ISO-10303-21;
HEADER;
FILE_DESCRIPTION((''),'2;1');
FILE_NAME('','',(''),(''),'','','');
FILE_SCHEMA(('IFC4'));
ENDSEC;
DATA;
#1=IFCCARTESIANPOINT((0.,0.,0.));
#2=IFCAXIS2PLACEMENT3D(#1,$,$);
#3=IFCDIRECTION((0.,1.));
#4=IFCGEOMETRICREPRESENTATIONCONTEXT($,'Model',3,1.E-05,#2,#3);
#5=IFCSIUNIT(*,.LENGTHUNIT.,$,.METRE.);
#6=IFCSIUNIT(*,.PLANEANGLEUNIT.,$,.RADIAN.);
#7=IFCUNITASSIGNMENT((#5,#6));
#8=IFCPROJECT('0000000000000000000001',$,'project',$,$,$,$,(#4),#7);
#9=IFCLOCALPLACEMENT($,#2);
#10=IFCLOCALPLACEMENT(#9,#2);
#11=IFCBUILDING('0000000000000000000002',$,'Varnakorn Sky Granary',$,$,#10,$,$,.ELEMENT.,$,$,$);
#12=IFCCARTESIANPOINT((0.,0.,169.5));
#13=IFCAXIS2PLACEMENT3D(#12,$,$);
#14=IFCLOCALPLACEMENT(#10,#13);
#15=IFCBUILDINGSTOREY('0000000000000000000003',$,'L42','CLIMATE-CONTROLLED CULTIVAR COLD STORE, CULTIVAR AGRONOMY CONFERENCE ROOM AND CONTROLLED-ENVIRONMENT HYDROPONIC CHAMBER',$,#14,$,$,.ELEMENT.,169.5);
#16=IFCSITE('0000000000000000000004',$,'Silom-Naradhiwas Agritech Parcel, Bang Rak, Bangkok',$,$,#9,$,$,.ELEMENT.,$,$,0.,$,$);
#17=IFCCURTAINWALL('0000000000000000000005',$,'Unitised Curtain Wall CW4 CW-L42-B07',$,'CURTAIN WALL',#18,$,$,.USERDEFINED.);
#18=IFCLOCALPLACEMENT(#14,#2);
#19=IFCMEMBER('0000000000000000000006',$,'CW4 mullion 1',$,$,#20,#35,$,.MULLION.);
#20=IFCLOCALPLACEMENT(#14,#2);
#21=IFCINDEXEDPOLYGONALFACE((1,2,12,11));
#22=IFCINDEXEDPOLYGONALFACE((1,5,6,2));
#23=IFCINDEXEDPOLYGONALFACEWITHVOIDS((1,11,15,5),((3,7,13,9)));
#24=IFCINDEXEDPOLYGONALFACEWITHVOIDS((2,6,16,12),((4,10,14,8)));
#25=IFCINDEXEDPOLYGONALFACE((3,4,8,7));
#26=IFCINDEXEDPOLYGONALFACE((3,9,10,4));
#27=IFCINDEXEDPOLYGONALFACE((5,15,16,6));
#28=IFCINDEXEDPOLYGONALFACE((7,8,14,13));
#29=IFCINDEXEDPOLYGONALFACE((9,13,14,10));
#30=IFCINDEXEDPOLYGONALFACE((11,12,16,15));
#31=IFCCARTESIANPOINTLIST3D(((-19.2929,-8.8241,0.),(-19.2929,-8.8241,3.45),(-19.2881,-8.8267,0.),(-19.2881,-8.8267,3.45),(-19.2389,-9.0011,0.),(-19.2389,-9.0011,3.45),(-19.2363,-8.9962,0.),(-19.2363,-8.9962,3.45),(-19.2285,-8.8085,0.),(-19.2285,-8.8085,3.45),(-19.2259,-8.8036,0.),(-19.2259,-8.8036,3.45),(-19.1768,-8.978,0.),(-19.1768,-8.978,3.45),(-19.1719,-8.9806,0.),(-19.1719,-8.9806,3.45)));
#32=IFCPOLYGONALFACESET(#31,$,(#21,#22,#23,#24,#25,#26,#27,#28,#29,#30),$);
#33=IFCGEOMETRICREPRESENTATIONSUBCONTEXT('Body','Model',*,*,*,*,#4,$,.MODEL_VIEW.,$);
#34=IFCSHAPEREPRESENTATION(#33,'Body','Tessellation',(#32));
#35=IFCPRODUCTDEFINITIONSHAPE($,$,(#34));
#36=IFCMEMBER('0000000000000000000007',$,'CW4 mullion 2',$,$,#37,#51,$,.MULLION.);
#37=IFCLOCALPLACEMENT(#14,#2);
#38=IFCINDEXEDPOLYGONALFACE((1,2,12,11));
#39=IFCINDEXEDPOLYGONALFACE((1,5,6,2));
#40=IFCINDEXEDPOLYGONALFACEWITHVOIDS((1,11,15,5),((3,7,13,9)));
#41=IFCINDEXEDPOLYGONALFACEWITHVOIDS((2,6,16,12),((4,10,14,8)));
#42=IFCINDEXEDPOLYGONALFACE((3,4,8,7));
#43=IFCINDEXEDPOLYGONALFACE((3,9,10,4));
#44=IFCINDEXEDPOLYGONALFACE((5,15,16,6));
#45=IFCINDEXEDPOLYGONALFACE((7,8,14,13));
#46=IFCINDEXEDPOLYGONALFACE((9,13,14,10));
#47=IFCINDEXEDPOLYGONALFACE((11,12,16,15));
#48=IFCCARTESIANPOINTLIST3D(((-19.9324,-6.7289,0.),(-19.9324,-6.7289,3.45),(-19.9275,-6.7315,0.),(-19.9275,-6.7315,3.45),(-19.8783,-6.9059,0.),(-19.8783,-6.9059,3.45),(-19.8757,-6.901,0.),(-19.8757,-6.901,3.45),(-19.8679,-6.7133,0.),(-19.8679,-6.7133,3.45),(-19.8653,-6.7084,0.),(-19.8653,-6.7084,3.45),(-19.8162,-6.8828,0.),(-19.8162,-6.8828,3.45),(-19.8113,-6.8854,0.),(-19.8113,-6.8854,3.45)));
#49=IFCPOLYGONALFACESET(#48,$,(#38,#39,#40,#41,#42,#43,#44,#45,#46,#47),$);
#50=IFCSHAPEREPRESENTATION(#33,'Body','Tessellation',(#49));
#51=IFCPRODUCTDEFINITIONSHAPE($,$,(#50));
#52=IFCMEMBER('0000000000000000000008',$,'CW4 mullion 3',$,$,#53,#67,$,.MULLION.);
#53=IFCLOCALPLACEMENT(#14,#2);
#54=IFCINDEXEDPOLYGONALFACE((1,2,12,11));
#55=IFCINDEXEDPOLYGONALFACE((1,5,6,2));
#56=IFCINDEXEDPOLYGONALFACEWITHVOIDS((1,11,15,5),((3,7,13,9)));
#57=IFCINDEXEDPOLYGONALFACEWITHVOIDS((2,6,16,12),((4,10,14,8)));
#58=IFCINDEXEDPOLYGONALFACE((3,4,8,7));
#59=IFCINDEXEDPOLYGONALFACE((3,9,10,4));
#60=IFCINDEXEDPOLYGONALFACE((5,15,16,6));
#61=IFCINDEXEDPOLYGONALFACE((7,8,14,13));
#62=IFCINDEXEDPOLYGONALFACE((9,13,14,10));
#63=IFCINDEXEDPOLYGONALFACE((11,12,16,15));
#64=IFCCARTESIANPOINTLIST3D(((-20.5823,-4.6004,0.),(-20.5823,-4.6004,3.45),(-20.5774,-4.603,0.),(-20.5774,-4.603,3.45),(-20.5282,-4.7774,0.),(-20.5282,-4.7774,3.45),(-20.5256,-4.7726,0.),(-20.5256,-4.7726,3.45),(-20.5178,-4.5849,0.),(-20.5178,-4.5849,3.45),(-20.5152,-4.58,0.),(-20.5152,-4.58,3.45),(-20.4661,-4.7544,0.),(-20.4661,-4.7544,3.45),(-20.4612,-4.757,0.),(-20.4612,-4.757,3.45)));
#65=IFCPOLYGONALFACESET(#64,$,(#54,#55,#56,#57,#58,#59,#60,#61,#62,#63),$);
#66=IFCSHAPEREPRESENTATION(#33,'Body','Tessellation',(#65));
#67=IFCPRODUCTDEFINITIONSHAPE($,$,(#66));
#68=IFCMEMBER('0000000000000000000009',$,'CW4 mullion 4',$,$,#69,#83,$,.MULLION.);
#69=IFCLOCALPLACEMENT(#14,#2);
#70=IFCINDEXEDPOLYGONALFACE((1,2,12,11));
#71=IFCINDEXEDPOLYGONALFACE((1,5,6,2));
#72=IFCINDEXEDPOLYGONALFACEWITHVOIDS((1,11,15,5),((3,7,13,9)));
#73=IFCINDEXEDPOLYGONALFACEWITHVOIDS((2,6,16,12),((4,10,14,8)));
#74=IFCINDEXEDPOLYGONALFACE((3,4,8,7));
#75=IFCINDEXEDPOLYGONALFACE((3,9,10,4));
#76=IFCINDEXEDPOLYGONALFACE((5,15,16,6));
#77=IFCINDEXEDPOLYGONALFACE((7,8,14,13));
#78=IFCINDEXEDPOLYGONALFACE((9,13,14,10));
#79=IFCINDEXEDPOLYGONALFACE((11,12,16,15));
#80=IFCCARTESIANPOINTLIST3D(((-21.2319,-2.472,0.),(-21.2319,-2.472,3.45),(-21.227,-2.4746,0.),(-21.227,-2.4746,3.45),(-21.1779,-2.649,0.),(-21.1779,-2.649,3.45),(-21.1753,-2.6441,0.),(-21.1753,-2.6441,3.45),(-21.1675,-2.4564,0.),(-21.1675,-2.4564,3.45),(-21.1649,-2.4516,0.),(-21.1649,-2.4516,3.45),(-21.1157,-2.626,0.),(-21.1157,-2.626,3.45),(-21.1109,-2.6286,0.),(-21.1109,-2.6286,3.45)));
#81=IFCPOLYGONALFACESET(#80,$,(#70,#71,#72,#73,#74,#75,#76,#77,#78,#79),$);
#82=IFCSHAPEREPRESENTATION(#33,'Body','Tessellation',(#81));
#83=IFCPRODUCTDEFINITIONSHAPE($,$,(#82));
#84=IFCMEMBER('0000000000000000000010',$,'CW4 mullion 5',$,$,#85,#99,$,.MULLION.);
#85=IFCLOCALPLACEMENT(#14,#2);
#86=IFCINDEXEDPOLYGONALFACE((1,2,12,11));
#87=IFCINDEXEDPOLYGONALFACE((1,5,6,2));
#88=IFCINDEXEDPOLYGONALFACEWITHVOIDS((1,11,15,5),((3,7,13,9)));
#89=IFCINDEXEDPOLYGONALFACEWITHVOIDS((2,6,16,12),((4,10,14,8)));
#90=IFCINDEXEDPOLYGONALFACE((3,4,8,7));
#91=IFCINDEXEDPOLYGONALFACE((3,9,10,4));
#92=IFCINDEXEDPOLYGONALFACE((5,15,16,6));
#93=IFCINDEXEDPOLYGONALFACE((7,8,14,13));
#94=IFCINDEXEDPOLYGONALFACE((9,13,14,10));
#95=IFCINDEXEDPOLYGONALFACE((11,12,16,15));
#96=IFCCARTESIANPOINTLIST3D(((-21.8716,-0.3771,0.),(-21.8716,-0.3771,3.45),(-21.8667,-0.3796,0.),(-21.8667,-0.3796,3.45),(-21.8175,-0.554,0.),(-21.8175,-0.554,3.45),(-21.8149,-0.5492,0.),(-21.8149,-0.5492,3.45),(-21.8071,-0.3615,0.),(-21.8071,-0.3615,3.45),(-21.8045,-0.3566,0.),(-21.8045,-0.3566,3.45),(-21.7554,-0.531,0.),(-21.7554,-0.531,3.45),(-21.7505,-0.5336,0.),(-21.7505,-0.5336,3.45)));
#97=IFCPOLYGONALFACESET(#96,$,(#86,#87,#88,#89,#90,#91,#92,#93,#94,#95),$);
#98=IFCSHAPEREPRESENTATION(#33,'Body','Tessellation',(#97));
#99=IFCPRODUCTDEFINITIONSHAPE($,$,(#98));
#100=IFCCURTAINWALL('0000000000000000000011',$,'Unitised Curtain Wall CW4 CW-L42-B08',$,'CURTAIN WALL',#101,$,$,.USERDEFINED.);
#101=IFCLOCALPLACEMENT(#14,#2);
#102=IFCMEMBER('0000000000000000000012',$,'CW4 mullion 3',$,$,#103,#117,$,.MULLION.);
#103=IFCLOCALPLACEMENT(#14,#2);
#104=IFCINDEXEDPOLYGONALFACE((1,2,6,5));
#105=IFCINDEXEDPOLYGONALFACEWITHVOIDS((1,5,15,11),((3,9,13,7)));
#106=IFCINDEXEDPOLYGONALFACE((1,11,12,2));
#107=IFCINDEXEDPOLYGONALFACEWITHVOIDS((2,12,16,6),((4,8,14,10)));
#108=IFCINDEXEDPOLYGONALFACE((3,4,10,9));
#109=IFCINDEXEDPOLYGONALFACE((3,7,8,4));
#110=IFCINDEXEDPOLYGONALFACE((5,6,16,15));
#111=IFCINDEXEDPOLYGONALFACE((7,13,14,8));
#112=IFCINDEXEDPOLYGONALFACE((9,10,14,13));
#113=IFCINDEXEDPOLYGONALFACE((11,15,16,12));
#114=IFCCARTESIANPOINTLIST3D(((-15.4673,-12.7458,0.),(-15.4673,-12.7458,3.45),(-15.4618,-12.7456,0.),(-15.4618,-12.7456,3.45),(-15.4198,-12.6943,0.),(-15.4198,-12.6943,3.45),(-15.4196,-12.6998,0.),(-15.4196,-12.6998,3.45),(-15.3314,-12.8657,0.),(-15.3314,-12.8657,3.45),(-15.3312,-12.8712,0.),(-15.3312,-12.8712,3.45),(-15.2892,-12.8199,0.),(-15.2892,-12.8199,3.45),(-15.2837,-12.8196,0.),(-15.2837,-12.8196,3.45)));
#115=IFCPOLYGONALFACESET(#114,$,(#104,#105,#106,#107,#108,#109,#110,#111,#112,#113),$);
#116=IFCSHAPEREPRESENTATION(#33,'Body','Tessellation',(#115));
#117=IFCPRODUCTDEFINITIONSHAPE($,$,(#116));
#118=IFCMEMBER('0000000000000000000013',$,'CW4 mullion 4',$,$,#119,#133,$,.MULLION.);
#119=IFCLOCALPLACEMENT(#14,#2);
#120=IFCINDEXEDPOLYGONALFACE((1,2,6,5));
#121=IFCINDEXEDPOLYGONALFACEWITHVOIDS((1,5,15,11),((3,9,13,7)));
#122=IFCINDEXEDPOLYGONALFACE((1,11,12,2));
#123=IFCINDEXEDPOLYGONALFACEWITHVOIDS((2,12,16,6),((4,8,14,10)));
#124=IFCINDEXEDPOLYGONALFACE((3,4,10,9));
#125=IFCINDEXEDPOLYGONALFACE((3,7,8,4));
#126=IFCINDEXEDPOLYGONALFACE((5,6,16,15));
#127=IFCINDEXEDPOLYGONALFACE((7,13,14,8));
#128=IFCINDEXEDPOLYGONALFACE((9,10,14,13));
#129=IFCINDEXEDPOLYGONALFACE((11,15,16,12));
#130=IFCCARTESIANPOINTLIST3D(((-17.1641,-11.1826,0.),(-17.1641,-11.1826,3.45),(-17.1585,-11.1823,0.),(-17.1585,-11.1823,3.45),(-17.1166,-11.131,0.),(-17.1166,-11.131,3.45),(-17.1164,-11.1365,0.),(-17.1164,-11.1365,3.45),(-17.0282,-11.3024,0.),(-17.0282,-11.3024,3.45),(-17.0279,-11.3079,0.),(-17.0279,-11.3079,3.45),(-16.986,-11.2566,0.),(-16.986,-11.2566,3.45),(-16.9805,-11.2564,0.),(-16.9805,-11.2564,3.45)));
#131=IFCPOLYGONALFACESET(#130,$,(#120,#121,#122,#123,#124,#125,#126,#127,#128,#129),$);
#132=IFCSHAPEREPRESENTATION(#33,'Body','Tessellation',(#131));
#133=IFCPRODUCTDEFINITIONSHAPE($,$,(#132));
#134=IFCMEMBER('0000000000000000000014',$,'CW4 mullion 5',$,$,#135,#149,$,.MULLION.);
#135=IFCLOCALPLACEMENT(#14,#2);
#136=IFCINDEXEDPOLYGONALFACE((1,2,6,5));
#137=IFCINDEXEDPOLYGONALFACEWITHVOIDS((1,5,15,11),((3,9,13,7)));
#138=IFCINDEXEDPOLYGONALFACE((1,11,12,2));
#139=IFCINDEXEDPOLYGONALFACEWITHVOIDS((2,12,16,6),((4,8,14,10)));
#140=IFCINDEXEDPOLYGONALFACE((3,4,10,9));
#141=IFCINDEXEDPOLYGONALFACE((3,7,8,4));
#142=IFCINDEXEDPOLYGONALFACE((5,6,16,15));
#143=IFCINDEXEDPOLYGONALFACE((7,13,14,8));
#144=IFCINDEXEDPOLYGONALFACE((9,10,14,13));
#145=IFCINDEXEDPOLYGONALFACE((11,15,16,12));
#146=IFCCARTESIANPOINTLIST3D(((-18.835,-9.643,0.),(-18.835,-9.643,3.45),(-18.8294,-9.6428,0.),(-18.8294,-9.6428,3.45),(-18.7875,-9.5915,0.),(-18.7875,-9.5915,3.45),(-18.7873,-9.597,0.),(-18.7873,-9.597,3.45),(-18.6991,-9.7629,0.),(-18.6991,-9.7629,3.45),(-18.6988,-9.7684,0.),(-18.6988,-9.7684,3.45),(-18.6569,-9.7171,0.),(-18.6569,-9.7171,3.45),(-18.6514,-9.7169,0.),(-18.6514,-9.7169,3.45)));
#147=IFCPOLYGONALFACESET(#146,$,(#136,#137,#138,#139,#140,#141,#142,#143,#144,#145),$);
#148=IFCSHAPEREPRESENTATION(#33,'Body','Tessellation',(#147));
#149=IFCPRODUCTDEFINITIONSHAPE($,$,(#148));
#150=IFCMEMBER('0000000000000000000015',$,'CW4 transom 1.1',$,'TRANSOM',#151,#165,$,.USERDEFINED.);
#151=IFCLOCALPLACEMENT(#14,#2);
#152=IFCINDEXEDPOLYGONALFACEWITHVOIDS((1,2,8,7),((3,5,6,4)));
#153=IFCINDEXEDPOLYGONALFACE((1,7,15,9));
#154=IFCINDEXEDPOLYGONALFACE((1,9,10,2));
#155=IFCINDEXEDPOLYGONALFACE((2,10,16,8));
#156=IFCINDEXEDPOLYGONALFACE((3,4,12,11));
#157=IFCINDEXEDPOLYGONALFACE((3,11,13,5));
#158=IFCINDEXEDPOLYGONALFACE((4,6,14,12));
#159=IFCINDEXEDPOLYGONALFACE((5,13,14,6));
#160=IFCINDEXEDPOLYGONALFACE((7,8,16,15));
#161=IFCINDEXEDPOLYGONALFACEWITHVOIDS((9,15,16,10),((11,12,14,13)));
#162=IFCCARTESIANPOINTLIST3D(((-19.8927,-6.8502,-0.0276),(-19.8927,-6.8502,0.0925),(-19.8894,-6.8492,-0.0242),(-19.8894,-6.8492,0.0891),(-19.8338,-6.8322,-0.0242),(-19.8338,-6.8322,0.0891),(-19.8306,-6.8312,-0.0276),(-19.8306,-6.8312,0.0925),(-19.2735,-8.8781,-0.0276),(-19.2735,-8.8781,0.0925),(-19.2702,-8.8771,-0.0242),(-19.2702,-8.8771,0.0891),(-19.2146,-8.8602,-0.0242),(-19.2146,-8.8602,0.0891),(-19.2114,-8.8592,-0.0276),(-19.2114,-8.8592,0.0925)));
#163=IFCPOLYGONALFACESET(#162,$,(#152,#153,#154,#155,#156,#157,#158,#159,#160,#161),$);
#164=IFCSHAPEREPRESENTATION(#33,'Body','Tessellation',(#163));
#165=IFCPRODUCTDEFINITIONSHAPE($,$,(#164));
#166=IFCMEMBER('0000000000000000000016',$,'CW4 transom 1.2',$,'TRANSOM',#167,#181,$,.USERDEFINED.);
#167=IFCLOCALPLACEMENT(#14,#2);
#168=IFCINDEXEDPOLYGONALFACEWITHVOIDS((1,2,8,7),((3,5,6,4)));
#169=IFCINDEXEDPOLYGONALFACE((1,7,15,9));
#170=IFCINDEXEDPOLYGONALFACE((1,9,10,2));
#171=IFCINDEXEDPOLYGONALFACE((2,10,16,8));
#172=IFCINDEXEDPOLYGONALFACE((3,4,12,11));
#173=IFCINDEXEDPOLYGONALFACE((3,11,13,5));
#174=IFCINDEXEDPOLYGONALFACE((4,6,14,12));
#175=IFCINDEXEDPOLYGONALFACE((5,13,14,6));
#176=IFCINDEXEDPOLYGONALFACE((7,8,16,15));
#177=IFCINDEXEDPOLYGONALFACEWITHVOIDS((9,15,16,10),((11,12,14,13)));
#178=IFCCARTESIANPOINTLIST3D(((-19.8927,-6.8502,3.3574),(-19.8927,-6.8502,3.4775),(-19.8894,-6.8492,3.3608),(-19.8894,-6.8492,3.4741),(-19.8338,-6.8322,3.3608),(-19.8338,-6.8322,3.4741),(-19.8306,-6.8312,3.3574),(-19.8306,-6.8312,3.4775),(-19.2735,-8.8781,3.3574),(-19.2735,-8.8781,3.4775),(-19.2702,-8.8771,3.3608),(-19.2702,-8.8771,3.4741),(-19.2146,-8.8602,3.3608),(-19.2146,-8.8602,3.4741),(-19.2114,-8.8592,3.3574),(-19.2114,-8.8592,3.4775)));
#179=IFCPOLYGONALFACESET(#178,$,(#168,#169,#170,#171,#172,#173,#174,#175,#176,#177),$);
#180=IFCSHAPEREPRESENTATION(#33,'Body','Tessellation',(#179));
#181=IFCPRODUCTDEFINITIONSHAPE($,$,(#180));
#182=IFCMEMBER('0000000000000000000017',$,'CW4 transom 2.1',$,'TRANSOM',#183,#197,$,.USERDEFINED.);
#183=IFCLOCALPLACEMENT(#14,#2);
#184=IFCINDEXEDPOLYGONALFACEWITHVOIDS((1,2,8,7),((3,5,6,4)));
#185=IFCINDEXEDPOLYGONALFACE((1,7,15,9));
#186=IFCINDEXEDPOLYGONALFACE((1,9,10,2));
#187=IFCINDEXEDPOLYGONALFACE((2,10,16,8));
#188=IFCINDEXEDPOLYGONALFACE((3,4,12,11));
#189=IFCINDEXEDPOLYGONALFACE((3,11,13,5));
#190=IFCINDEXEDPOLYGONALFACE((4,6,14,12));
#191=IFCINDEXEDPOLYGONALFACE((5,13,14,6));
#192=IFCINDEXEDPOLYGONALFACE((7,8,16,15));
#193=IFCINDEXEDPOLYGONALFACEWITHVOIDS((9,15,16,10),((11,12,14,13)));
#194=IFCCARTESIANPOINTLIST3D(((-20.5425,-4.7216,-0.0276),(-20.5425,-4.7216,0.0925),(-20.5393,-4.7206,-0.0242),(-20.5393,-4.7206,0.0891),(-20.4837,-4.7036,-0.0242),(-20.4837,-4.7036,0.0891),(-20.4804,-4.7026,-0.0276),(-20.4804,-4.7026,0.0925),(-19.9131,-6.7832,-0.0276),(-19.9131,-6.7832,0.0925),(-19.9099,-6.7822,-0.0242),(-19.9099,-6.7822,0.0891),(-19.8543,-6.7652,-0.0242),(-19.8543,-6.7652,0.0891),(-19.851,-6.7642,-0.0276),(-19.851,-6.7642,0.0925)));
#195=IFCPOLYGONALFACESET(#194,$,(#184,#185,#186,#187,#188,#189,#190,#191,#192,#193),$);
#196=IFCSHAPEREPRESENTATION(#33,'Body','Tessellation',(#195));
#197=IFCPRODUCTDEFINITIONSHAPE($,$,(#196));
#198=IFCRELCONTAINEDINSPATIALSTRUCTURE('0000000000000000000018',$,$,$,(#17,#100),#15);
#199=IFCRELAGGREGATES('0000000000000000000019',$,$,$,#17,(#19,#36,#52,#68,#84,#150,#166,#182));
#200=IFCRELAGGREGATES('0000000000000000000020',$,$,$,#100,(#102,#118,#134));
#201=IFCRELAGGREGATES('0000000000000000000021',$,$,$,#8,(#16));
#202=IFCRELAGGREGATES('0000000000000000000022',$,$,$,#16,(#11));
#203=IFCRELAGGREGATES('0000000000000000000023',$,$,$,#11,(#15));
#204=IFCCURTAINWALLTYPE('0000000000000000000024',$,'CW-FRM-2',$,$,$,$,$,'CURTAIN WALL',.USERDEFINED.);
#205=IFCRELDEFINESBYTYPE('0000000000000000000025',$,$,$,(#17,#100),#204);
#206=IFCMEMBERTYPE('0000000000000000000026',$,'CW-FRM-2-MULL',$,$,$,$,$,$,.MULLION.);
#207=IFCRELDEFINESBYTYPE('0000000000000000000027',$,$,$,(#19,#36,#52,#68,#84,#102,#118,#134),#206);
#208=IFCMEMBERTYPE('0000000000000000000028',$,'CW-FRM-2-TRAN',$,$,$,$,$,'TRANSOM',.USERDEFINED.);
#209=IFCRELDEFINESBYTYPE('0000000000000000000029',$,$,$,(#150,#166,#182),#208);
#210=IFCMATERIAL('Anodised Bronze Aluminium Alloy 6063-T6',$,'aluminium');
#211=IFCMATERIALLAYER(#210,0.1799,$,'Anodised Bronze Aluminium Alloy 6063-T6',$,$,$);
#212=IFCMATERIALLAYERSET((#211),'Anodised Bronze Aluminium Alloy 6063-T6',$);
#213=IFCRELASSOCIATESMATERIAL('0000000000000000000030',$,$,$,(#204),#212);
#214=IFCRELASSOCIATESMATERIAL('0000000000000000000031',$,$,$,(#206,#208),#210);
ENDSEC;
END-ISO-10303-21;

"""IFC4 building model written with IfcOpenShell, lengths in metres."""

from ifc_helpers import new_model, si_unit, direction, frame, origin, origin_2d, place, context, subcontext, project, spatial, hollow_rectangle, extrude, material, layer, layer_set, material_profile, profile_set, type_object, element, aggregate, save


model = new_model("IFC4")

# Units and contexts
model_context = context("Model", 3, precision=1e-05, world=origin(), true_north=direction((0.0, 1.0)))
body_context = subcontext(model_context, "Body", "Model", "MODEL_VIEW")
ifc_project = project(units=[si_unit("LENGTHUNIT", "METRE"), si_unit("PLANEANGLEUNIT", "RADIAN")], contexts=[model_context])

# Site, building, storey
site_placement = place(None, origin())
site = spatial("IfcSite", under=ifc_project, at=site_placement, Name="Silom-Naradhiwas Agritech Parcel, Bang Rak, Bangkok", CompositionType="ELEMENT", RefElevation=0.0)
building_placement = place(site_placement, origin())
building = spatial("IfcBuilding", under=site, at=building_placement, Name="Varnakorn Sky Granary", CompositionType="ELEMENT")
storey_placement = place(building_placement, frame((0.0, 0.0, 169.5)))
storey = spatial("IfcBuildingStorey", under=building, at=storey_placement, Name="L42", Description="CLIMATE-CONTROLLED CULTIVAR COLD STORE, CULTIVAR AGRONOMY CONFERENCE ROOM AND CONTROLLED-ENVIRONMENT HYDROPONIC CHAMBER", CompositionType="ELEMENT", Elevation=169.5)

# Curtain walls, members
ifc_material_1 = material(Name="Anodised Bronze Aluminium Alloy 6063-T6", Category="aluminium")
ifc_layer_1 = layer(ifc_material_1, 0.1799, Name="Anodised Bronze Aluminium Alloy 6063-T6")
ifc_layer_set_1 = layer_set([ifc_layer_1], Name="Anodised Bronze Aluminium Alloy 6063-T6")
curtain_wall_type = type_object("IfcCurtainWallType", Name="CW-FRM-2", ElementType="CURTAIN WALL", PredefinedType="USERDEFINED", material=ifc_layer_set_1)
curtain_wall_1_placement = place(storey_placement, origin())
curtain_wall_1 = element("IfcCurtainWall", 1, at=curtain_wall_1_placement, inside=storey, type_object=curtain_wall_type, Name="Unitised Curtain Wall CW4 CW-L42-B07", ObjectType="CURTAIN WALL", PredefinedType="USERDEFINED")
ifc_material_profile_1 = material_profile(ifc_material_1, hollow_rectangle(XDim=0.0701, YDim=0.1851, WallThickness=0.0039, at=origin_2d()), Name="ALU MULL 70x185")
ifc_profile_set_1 = profile_set([ifc_material_profile_1], Name="Anodised Bronze Aluminium Alloy 6063-T6")
member_type_1 = type_object("IfcMemberType", Name="CW-FRM-2-MULL", PredefinedType="MULLION", material=ifc_profile_set_1)
member_1_placement = place(storey_placement, frame((-19.2324, -8.9023, 0.0), z_axis=(0.0, 0.0, 1.0), x_axis=(-0.956426, -0.291975, 0.0)))
member_1 = element("IfcMember", 2, at=member_1_placement, type_object=member_type_1, Name="CW4 mullion 1", PredefinedType="MULLION", context=body_context, shape_type="SweptSolid", body=[
    extrude(hollow_rectangle(XDim=0.0701, YDim=0.1851, WallThickness=0.0039, at=origin_2d()), origin(), (0.0, 0.0, 1.0), 3.45),
])
member_2_placement = place(storey_placement, frame((-19.8718, -6.8071, 0.0), z_axis=(0.0, 0.0, 1.0), x_axis=(-0.956426, -0.291975, 0.0)))
member_2 = element("IfcMember", 3, at=member_2_placement, type_object=member_type_1, Name="CW4 mullion 2", PredefinedType="MULLION", context=body_context, shape_type="SweptSolid", body=[
    extrude(hollow_rectangle(XDim=0.0701, YDim=0.1851, WallThickness=0.0039, at=origin_2d()), origin(), (0.0, 0.0, 1.0), 3.45),
])
member_3_placement = place(storey_placement, frame((-20.5217, -4.6787, 0.0), z_axis=(0.0, 0.0, 1.0), x_axis=(-0.956426, -0.291975, 0.0)))
member_3 = element("IfcMember", 4, at=member_3_placement, type_object=member_type_1, Name="CW4 mullion 3", PredefinedType="MULLION", context=body_context, shape_type="SweptSolid", body=[
    extrude(hollow_rectangle(XDim=0.0701, YDim=0.1851, WallThickness=0.0039, at=origin_2d()), origin(), (0.0, 0.0, 1.0), 3.45),
])
member_4_placement = place(storey_placement, frame((-21.1714, -2.5503, 0.0), z_axis=(0.0, 0.0, 1.0), x_axis=(-0.956426, -0.291975, 0.0)))
member_4 = element("IfcMember", 5, at=member_4_placement, type_object=member_type_1, Name="CW4 mullion 4", PredefinedType="MULLION", context=body_context, shape_type="SweptSolid", body=[
    extrude(hollow_rectangle(XDim=0.0701, YDim=0.1851, WallThickness=0.0039, at=origin_2d()), origin(), (0.0, 0.0, 1.0), 3.45),
])
member_5_placement = place(storey_placement, frame((-21.811, -0.4553, 0.0), z_axis=(0.0, 0.0, 1.0), x_axis=(-0.956426, -0.291975, 0.0)))
member_5 = element("IfcMember", 6, at=member_5_placement, type_object=member_type_1, Name="CW4 mullion 5", PredefinedType="MULLION", context=body_context, shape_type="SweptSolid", body=[
    extrude(hollow_rectangle(XDim=0.0701, YDim=0.1851, WallThickness=0.0039, at=origin_2d()), origin(), (0.0, 0.0, 1.0), 3.45),
])
curtain_wall_2_placement = place(storey_placement, origin())
curtain_wall_2 = element("IfcCurtainWall", 7, at=curtain_wall_2_placement, inside=storey, type_object=curtain_wall_type, Name="Unitised Curtain Wall CW4 CW-L42-B08", ObjectType="CURTAIN WALL", PredefinedType="USERDEFINED")
member_6_placement = place(storey_placement, frame((-15.3755, -12.7827, 0.0), z_axis=(0.0, 0.0, 1.0), x_axis=(-0.677548, -0.735479, 0.0)))
member_6 = element("IfcMember", 8, at=member_6_placement, type_object=member_type_1, Name="CW4 mullion 3", PredefinedType="MULLION", context=body_context, shape_type="SweptSolid", body=[
    extrude(hollow_rectangle(XDim=0.0701, YDim=0.1851, WallThickness=0.0039, at=origin_2d()), origin(), (0.0, 0.0, 1.0), 3.45),
])
member_7_placement = place(storey_placement, frame((-17.0723, -11.2195, 0.0), z_axis=(0.0, 0.0, 1.0), x_axis=(-0.677548, -0.735479, 0.0)))
member_7 = element("IfcMember", 9, at=member_7_placement, type_object=member_type_1, Name="CW4 mullion 4", PredefinedType="MULLION", context=body_context, shape_type="SweptSolid", body=[
    extrude(hollow_rectangle(XDim=0.0701, YDim=0.1851, WallThickness=0.0039, at=origin_2d()), origin(), (0.0, 0.0, 1.0), 3.45),
])
member_8_placement = place(storey_placement, frame((-18.7432, -9.6799, 0.0), z_axis=(0.0, 0.0, 1.0), x_axis=(-0.677548, -0.735479, 0.0)))
member_8 = element("IfcMember", 10, at=member_8_placement, type_object=member_type_1, Name="CW4 mullion 5", PredefinedType="MULLION", context=body_context, shape_type="SweptSolid", body=[
    extrude(hollow_rectangle(XDim=0.0701, YDim=0.1851, WallThickness=0.0039, at=origin_2d()), origin(), (0.0, 0.0, 1.0), 3.45),
])

# Members
ifc_material_profile_2 = material_profile(ifc_material_1, hollow_rectangle(XDim=0.0649, YDim=0.1201, WallThickness=0.0034, at=origin_2d()), Name="ALU TRAN 65x120")
ifc_profile_set_2 = profile_set([ifc_material_profile_2], Name="Anodised Bronze Aluminium Alloy 6063-T6")
member_type_2 = type_object("IfcMemberType", Name="CW-FRM-2-TRAN", ElementType="TRANSOM", PredefinedType="USERDEFINED", material=ifc_profile_set_2)
member_9_placement = place(storey_placement, frame((-19.2424, -8.8687, 0.0325), z_axis=(-0.292014, 0.956414, 0.0), x_axis=(-0.956414, -0.292014, 0.0)))
member_9 = element("IfcMember", 11, at=member_9_placement, type_object=member_type_2, Name="CW4 transom 1.1", ObjectType="TRANSOM", PredefinedType="USERDEFINED", context=body_context, shape_type="SweptSolid", body=[
    extrude(hollow_rectangle(XDim=0.0649, YDim=0.1201, WallThickness=0.0034, at=origin_2d()), origin(), (0.0, 0.0, 1.0), 2.1204),
])
member_10_placement = place(storey_placement, frame((-19.2424, -8.8687, 3.4175), z_axis=(-0.292014, 0.956414, 0.0), x_axis=(-0.956414, -0.292014, 0.0)))
member_10 = element("IfcMember", 12, at=member_10_placement, type_object=member_type_2, Name="CW4 transom 1.2", ObjectType="TRANSOM", PredefinedType="USERDEFINED", context=body_context, shape_type="SweptSolid", body=[
    extrude(hollow_rectangle(XDim=0.0649, YDim=0.1201, WallThickness=0.0034, at=origin_2d()), origin(), (0.0, 0.0, 1.0), 2.1204),
])
member_11_placement = place(storey_placement, frame((-19.8821, -6.7737, 0.0325), z_axis=(-0.292, 0.956418, 0.0), x_axis=(-0.956418, -0.292, 0.0)))
member_11 = element("IfcMember", 13, at=member_11_placement, type_object=member_type_2, Name="CW4 transom 2.1", ObjectType="TRANSOM", PredefinedType="USERDEFINED", context=body_context, shape_type="SweptSolid", body=[
    extrude(hollow_rectangle(XDim=0.0649, YDim=0.1201, WallThickness=0.0034, at=origin_2d()), origin(), (0.0, 0.0, 1.0), 2.1555),
])

aggregate(curtain_wall_1, [member_1, member_2, member_3, member_4, member_5, member_9, member_10, member_11])
aggregate(curtain_wall_2, [member_6, member_7, member_8])

save(model, "model.ifc")
